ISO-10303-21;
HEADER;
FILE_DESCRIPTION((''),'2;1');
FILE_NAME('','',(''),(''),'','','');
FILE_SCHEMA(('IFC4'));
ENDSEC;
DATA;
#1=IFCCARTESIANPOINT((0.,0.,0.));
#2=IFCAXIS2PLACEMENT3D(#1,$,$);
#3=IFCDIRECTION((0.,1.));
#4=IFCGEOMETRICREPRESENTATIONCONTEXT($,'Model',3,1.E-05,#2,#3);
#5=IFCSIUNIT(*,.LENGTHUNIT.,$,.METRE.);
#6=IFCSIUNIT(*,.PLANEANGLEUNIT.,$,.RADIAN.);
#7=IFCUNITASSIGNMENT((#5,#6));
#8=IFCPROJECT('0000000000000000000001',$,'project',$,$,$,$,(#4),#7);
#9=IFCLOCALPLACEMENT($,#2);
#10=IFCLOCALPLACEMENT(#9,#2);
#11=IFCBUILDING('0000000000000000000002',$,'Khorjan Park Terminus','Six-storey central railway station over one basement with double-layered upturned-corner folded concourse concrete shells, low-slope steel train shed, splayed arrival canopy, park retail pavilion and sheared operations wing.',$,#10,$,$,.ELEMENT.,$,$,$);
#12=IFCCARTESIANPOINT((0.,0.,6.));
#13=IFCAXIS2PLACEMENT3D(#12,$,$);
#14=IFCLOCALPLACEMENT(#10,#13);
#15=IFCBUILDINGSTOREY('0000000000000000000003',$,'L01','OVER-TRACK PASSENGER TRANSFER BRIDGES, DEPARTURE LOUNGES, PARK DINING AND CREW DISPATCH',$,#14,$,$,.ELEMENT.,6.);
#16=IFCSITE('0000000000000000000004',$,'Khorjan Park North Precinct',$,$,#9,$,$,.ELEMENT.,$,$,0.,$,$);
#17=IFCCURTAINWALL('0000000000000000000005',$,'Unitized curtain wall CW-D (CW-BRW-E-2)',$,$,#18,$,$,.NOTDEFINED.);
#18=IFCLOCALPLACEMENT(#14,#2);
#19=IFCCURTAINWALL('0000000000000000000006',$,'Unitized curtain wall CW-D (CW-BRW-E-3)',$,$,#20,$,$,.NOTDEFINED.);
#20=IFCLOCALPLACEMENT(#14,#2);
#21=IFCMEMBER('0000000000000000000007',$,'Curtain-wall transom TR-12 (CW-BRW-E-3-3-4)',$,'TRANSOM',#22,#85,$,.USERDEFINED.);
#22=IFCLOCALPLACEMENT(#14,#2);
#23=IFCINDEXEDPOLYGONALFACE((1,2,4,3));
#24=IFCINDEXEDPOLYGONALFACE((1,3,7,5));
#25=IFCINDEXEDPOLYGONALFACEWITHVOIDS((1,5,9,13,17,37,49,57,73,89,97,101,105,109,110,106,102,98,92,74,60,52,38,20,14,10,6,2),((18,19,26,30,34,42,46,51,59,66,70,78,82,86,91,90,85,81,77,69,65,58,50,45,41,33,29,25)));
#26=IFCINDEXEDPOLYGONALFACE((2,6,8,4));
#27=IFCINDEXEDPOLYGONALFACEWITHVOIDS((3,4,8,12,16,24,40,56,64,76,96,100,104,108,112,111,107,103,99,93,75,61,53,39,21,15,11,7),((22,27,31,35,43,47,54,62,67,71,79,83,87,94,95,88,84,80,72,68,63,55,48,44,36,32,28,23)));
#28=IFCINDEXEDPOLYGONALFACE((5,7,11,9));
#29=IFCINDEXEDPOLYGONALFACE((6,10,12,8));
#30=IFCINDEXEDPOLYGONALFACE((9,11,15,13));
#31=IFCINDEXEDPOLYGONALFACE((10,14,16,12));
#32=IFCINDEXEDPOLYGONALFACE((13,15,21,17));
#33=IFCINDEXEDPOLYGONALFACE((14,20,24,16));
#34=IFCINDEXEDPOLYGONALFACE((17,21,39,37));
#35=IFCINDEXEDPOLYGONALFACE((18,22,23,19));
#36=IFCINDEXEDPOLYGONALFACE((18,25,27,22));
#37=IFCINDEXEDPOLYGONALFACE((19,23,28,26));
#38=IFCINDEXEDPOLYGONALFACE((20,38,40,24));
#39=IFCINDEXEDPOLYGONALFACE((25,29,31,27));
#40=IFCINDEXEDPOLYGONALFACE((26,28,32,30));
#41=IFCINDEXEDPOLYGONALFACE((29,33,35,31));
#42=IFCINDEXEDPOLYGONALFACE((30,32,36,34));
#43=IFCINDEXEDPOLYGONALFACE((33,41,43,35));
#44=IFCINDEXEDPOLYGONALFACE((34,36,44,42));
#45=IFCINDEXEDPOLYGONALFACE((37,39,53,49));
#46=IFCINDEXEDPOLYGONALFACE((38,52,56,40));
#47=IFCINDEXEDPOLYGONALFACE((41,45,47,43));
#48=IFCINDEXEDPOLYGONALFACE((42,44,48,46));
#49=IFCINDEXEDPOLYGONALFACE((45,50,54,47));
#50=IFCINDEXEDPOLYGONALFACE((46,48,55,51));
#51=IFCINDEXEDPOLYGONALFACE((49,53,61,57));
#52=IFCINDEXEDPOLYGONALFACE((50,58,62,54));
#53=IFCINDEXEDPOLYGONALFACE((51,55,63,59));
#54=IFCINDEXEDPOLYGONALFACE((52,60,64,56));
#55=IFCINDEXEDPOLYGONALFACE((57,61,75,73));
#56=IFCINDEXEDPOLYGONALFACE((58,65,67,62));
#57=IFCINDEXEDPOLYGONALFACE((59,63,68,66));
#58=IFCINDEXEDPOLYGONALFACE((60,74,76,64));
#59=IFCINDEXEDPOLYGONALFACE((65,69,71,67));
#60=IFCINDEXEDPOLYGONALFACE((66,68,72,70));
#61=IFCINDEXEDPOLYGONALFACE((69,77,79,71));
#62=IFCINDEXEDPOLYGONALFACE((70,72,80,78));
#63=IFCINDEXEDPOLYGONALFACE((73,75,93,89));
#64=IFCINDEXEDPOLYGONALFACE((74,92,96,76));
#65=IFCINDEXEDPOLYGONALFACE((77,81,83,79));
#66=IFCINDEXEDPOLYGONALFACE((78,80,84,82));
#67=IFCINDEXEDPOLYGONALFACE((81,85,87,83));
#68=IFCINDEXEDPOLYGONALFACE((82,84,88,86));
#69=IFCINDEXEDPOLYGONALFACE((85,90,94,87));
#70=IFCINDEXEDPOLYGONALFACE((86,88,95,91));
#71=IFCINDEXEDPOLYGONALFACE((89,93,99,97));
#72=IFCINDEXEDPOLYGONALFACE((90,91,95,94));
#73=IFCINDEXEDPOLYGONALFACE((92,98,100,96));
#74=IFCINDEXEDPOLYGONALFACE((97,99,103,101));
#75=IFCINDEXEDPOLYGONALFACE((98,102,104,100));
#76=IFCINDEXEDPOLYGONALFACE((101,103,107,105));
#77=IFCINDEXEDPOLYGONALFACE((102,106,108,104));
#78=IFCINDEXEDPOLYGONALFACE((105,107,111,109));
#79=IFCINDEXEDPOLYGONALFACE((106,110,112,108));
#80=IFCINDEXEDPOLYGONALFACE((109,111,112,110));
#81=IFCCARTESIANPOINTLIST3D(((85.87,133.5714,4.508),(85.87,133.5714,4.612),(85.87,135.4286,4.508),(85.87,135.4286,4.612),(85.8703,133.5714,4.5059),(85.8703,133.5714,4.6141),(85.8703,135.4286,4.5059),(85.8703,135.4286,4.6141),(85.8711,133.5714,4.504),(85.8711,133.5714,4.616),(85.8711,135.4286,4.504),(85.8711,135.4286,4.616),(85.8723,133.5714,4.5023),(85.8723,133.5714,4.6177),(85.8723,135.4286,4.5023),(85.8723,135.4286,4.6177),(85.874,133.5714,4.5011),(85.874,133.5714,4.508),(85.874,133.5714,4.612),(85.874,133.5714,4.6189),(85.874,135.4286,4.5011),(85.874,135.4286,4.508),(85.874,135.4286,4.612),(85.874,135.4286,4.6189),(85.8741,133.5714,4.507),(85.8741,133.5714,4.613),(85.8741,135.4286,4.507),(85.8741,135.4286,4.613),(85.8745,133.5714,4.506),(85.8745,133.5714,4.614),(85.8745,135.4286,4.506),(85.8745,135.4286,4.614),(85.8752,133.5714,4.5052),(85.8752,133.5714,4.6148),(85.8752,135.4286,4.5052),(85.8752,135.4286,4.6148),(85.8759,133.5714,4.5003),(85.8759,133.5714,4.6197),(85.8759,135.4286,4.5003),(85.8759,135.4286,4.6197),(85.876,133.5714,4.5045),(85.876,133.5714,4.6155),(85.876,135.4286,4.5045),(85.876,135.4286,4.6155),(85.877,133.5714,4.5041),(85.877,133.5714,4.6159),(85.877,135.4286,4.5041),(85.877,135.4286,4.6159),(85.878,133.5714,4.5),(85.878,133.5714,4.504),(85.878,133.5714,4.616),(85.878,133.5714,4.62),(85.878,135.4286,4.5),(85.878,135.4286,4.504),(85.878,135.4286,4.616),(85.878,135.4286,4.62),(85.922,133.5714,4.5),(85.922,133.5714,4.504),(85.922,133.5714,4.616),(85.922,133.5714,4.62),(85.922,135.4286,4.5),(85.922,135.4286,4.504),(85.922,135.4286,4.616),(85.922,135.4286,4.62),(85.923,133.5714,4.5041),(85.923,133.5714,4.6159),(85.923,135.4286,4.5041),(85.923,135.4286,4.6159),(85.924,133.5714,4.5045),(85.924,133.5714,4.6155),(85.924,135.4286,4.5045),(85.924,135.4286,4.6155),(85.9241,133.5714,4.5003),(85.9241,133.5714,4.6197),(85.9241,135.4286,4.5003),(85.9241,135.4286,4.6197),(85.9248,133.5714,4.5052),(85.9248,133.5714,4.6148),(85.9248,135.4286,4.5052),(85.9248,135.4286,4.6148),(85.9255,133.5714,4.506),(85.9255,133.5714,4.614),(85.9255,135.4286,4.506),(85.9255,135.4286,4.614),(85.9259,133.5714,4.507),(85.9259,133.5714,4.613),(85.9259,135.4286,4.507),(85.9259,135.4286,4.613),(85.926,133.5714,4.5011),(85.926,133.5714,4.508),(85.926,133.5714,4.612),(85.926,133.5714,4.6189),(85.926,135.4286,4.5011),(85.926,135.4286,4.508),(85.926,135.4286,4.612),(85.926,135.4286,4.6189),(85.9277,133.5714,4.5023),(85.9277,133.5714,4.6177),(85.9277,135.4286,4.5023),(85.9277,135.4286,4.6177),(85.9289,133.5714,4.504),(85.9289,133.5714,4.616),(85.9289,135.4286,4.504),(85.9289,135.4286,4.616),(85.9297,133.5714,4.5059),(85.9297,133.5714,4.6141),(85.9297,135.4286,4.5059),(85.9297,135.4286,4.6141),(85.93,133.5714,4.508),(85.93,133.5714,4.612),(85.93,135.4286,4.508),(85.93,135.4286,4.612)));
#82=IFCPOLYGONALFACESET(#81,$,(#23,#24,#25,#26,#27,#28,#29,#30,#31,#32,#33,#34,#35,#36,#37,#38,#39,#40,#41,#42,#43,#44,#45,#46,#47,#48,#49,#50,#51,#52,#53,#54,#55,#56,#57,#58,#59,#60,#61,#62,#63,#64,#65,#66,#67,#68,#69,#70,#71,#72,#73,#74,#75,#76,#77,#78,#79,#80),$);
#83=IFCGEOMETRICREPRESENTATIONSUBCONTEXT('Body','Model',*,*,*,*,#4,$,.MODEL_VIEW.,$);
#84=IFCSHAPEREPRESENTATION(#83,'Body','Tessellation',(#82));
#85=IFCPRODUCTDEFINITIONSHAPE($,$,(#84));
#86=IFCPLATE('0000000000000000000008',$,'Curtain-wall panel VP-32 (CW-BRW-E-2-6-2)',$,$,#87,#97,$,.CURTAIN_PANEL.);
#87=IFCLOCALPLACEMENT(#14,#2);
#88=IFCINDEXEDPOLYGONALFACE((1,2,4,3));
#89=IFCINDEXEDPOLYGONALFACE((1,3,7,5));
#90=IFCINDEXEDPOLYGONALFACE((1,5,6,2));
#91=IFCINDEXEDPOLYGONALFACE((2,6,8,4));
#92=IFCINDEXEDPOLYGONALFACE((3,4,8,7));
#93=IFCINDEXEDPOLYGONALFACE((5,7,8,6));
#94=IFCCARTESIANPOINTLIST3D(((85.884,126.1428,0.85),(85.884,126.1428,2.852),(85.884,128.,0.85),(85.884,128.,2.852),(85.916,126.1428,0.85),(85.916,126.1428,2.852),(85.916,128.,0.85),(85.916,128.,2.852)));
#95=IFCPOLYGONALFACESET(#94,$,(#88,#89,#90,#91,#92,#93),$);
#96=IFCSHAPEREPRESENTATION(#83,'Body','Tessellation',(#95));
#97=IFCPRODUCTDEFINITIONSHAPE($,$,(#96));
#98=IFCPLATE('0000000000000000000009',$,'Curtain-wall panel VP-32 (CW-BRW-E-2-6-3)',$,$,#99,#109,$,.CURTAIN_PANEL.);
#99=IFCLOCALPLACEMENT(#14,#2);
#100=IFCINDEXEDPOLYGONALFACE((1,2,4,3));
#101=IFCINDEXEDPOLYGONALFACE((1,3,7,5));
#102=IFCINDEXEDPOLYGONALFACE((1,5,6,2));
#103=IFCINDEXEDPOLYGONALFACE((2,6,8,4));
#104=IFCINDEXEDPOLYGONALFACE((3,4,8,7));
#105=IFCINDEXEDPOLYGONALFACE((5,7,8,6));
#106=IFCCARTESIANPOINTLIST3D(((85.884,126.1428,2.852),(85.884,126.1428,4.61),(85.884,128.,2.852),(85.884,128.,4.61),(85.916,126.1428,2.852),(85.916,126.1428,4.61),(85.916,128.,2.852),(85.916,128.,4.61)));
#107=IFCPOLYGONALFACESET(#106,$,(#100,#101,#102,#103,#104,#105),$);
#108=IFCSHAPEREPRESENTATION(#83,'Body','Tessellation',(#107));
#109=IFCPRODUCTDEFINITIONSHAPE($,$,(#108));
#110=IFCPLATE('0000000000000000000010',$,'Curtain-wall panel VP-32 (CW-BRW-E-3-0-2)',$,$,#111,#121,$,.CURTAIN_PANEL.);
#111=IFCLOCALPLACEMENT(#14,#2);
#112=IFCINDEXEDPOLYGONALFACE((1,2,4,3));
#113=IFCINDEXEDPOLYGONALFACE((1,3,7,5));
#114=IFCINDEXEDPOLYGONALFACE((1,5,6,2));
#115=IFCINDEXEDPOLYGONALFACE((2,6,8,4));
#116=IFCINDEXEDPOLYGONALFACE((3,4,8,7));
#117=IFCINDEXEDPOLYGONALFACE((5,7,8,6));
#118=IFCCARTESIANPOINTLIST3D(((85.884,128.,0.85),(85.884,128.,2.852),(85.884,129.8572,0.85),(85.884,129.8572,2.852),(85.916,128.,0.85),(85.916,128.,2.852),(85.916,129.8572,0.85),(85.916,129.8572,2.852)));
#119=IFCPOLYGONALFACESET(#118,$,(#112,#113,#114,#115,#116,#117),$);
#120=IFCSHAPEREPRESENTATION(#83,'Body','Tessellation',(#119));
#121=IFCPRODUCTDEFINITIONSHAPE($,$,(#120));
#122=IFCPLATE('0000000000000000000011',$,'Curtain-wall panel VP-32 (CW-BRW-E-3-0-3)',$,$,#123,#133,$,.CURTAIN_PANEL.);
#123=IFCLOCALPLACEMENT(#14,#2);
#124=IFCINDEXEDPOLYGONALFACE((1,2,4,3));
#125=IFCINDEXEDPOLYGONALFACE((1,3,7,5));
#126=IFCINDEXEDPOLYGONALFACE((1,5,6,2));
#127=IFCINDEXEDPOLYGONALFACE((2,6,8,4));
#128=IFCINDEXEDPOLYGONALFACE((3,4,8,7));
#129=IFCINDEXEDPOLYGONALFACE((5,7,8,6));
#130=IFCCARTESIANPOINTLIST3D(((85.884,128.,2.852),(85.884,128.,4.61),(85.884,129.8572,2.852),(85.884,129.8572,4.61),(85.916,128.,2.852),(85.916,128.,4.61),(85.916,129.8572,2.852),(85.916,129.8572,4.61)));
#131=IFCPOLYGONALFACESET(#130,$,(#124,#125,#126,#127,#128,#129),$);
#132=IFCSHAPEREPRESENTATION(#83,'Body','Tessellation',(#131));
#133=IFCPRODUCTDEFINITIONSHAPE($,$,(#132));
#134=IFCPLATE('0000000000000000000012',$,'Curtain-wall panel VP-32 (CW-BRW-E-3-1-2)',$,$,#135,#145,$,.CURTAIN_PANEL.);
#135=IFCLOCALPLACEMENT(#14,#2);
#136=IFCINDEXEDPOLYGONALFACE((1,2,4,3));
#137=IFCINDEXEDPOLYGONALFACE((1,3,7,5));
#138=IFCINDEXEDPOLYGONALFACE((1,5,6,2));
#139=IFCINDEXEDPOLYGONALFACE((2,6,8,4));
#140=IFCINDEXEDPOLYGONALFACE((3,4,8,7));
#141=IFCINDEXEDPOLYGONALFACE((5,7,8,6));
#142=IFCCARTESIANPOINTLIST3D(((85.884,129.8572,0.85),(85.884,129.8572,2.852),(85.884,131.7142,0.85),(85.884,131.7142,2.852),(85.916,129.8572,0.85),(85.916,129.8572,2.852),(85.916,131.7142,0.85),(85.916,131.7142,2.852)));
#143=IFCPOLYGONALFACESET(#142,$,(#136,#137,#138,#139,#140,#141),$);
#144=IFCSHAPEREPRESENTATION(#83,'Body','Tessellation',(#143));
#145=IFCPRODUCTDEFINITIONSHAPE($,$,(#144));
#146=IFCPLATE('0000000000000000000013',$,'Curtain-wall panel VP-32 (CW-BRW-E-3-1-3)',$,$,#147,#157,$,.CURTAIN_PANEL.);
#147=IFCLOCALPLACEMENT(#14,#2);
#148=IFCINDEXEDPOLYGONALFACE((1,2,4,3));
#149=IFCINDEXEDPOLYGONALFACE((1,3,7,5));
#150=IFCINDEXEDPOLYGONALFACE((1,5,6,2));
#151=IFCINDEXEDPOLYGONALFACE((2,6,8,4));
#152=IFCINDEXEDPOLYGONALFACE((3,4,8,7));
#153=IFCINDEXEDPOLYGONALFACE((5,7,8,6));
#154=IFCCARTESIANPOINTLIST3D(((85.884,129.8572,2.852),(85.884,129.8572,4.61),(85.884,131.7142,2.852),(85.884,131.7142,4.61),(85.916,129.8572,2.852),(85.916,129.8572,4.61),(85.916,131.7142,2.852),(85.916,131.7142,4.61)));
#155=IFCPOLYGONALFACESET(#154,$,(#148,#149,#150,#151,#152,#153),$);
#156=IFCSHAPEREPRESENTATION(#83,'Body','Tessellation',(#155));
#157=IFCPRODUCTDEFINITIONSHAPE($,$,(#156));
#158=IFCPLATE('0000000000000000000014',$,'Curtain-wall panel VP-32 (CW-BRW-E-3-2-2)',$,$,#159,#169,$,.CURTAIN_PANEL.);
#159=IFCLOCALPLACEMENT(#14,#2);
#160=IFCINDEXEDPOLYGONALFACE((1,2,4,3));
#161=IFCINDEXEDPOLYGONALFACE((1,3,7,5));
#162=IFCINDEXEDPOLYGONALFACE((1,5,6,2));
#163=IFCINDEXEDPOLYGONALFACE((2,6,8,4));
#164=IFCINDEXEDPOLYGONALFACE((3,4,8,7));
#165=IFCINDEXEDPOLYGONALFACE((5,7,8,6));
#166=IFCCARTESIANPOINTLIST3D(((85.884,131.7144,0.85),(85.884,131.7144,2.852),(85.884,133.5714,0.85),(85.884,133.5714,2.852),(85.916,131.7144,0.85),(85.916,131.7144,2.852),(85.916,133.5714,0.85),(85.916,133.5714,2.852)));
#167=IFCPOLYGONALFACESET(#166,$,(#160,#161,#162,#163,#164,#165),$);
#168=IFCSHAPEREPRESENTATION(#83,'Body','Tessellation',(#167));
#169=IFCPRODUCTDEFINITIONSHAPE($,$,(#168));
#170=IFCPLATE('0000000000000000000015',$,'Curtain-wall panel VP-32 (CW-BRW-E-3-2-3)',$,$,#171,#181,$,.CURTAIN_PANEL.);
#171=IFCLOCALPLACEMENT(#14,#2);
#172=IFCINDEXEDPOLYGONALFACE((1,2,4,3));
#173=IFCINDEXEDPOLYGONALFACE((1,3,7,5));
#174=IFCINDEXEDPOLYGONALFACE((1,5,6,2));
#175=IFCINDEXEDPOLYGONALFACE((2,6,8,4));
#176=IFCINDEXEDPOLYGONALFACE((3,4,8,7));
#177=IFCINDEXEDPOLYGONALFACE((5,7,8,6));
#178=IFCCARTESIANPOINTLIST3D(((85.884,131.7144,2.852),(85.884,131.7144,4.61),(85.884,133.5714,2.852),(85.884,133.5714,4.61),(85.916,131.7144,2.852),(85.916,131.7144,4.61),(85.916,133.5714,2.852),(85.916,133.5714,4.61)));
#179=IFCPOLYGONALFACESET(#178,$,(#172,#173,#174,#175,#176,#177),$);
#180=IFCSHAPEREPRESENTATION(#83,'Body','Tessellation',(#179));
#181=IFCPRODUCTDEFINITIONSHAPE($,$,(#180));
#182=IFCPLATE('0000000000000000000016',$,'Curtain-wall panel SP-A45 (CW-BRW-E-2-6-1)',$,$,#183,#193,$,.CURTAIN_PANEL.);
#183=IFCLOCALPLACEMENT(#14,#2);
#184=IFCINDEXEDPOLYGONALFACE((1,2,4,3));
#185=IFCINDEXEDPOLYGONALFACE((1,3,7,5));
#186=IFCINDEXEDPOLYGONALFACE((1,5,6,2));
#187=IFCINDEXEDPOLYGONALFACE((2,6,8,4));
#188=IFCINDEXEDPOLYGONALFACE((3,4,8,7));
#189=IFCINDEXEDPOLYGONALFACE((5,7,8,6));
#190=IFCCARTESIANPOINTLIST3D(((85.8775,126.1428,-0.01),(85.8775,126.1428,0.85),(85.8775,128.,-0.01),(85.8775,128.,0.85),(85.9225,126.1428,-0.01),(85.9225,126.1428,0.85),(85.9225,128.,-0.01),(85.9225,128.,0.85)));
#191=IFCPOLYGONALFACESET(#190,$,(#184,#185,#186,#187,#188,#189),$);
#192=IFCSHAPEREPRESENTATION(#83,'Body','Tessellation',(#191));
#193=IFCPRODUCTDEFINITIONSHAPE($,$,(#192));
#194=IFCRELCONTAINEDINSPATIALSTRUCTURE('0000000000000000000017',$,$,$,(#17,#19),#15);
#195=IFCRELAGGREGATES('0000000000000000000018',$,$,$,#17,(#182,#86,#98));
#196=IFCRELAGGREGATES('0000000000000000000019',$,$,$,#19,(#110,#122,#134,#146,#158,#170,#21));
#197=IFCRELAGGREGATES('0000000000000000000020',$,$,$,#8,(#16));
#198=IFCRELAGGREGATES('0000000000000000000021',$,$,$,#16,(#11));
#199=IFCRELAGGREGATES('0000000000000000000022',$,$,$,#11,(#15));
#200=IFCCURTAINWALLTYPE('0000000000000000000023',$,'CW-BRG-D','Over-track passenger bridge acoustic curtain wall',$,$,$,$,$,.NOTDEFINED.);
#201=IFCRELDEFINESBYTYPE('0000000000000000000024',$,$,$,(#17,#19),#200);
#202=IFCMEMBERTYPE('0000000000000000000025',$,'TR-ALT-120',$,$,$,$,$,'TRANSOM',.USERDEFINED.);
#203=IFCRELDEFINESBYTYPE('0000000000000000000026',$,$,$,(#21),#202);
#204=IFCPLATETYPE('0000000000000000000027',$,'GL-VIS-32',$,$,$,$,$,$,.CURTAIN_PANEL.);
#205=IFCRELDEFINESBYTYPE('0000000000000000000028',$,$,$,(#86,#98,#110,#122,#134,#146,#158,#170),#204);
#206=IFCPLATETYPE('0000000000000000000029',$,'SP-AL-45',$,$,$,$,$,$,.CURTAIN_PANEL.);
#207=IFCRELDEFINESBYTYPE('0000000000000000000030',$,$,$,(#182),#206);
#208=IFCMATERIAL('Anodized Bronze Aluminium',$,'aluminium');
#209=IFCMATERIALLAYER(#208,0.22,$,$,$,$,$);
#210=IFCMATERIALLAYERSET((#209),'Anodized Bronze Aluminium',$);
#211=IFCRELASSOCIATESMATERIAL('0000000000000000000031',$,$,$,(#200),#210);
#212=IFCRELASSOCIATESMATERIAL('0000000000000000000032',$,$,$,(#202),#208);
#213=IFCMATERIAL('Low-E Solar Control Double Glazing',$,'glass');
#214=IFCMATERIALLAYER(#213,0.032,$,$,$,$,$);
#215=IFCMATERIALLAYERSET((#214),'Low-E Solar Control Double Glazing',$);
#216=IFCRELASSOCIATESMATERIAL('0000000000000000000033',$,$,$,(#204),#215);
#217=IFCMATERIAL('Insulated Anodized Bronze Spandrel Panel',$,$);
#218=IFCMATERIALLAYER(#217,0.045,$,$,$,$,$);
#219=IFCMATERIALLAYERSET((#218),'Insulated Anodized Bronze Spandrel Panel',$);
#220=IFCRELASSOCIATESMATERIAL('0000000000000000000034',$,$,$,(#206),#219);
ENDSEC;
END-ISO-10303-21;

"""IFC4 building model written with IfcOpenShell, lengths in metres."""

from ifc_helpers import new_model, si_unit, direction, frame, origin, origin_2d, place, context, subcontext, project, spatial, rectangle, hollow_rectangle, extrude, material, layer, layer_set, material_profile, profile_set, type_object, element, aggregate, save


model = new_model("IFC4")

# Units and contexts
model_context = context("Model", 3, precision=1e-05, world=origin(), true_north=direction((0.0, 1.0)))
body_context = subcontext(model_context, "Body", "Model", "MODEL_VIEW")
ifc_project = project(units=[si_unit("LENGTHUNIT", "METRE"), si_unit("PLANEANGLEUNIT", "RADIAN")], contexts=[model_context])

# Site, building, storey
site_placement = place(None, origin())
site = spatial("IfcSite", under=ifc_project, at=site_placement, Name="Khorjan Park North Precinct", CompositionType="ELEMENT", RefElevation=0.0)
building_placement = place(site_placement, origin())
building = spatial("IfcBuilding", under=site, at=building_placement, Name="Khorjan Park Terminus", Description="Six-storey central railway station over one basement with double-layered upturned-corner folded concourse concrete shells, low-slope steel train shed, splayed arrival canopy, park retail pavilion and sheared operations wing.", CompositionType="ELEMENT")
storey_placement = place(building_placement, frame((0.0, 0.0, 6.0)))
storey = spatial("IfcBuildingStorey", under=building, at=storey_placement, Name="L01", Description="OVER-TRACK PASSENGER TRANSFER BRIDGES, DEPARTURE LOUNGES, PARK DINING AND CREW DISPATCH", CompositionType="ELEMENT", Elevation=6.0)

# Curtain wall
ifc_material_1 = material(Name="Anodized Bronze Aluminium", Category="aluminium")
ifc_layer_1 = layer(ifc_material_1, 0.22)
ifc_layer_set_1 = layer_set([ifc_layer_1], Name="Anodized Bronze Aluminium")
curtain_wall_type = type_object("IfcCurtainWallType", Name="CW-BRG-D", Description="Over-track passenger bridge acoustic curtain wall", PredefinedType="NOTDEFINED", material=ifc_layer_set_1)
curtain_wall_1_placement = place(storey_placement, origin())
curtain_wall_1 = element("IfcCurtainWall", 1, at=curtain_wall_1_placement, inside=storey, type_object=curtain_wall_type, Name="Unitized curtain wall CW-D (CW-BRW-E-2)", PredefinedType="NOTDEFINED")

# Curtain wall
curtain_wall_2_placement = place(storey_placement, origin())
curtain_wall_2 = element("IfcCurtainWall", 2, at=curtain_wall_2_placement, inside=storey, type_object=curtain_wall_type, Name="Unitized curtain wall CW-D (CW-BRW-E-3)", PredefinedType="NOTDEFINED")

# Member
ifc_material_profile_1 = material_profile(ifc_material_1, hollow_rectangle(XDim=0.06, YDim=0.12, WallThickness=0.004, InnerFilletRadius=0.004, OuterFilletRadius=0.008, at=origin_2d()), Name="ALT 60x120x4")
ifc_profile_set_1 = profile_set([ifc_material_profile_1], Name="Anodized Bronze Aluminium")
member_type_1 = type_object("IfcMemberType", Name="TR-ALT-120", ElementType="TRANSOM", PredefinedType="USERDEFINED", material=ifc_profile_set_1)
member_1_placement = place(storey_placement, frame((85.9, 133.5714, 4.56), z_axis=(0.0, 1.0, 0.0), x_axis=(-1.0, 0.0, 0.0)))
member_1 = element("IfcMember", 3, at=member_1_placement, type_object=member_type_1, Name="Curtain-wall transom TR-12 (CW-BRW-E-3-3-4)", ObjectType="TRANSOM", PredefinedType="USERDEFINED", context=body_context, shape_type="SweptSolid", body=[
    extrude(hollow_rectangle(XDim=0.06, YDim=0.12, WallThickness=0.004, InnerFilletRadius=0.004, OuterFilletRadius=0.008, at=origin_2d()), origin(), (0.0, 0.0, 1.0), 1.8572),
])

# Plates
ifc_material_2 = material(Name="Low-E Solar Control Double Glazing", Category="glass")
ifc_layer_2 = layer(ifc_material_2, 0.032)
ifc_layer_set_2 = layer_set([ifc_layer_2], Name="Low-E Solar Control Double Glazing")
plate_type_1 = type_object("IfcPlateType", Name="GL-VIS-32", PredefinedType="CURTAIN_PANEL", material=ifc_layer_set_2)
plate_1_placement = place(storey_placement, frame((85.9, 127.0714, 0.85), z_axis=(0.0, 0.0, 1.0), x_axis=(0.0, 1.0, 0.0)))
plate_1 = element("IfcPlate", 4, at=plate_1_placement, type_object=plate_type_1, Name="Curtain-wall panel VP-32 (CW-BRW-E-2-6-2)", PredefinedType="CURTAIN_PANEL", context=body_context, shape_type="SweptSolid", body=[
    extrude(rectangle(XDim=1.8571, YDim=0.032, at=origin_2d()), origin(), (0.0, 0.0, 1.0), 2.002),
])
plate_2_placement = place(storey_placement, frame((85.9, 127.0714, 2.852), z_axis=(0.0, 0.0, 1.0), x_axis=(0.0, 1.0, 0.0)))
plate_2 = element("IfcPlate", 5, at=plate_2_placement, type_object=plate_type_1, Name="Curtain-wall panel VP-32 (CW-BRW-E-2-6-3)", PredefinedType="CURTAIN_PANEL", context=body_context, shape_type="SweptSolid", body=[
    extrude(rectangle(XDim=1.8571, YDim=0.032, at=origin_2d()), origin(), (0.0, 0.0, 1.0), 1.758),
])
plate_3_placement = place(storey_placement, frame((85.9, 128.9286, 0.85), z_axis=(0.0, 0.0, 1.0), x_axis=(0.0, 1.0, 0.0)))
plate_3 = element("IfcPlate", 6, at=plate_3_placement, type_object=plate_type_1, Name="Curtain-wall panel VP-32 (CW-BRW-E-3-0-2)", PredefinedType="CURTAIN_PANEL", context=body_context, shape_type="SweptSolid", body=[
    extrude(rectangle(XDim=1.8571, YDim=0.032, at=origin_2d()), origin(), (0.0, 0.0, 1.0), 2.002),
])
plate_4_placement = place(storey_placement, frame((85.9, 128.9286, 2.852), z_axis=(0.0, 0.0, 1.0), x_axis=(0.0, 1.0, 0.0)))
plate_4 = element("IfcPlate", 7, at=plate_4_placement, type_object=plate_type_1, Name="Curtain-wall panel VP-32 (CW-BRW-E-3-0-3)", PredefinedType="CURTAIN_PANEL", context=body_context, shape_type="SweptSolid", body=[
    extrude(rectangle(XDim=1.8571, YDim=0.032, at=origin_2d()), origin(), (0.0, 0.0, 1.0), 1.758),
])
plate_5_placement = place(storey_placement, frame((85.9, 130.7857, 0.85), z_axis=(0.0, 0.0, 1.0), x_axis=(0.0, 1.0, 0.0)))
plate_5 = element("IfcPlate", 8, at=plate_5_placement, type_object=plate_type_1, Name="Curtain-wall panel VP-32 (CW-BRW-E-3-1-2)", PredefinedType="CURTAIN_PANEL", context=body_context, shape_type="SweptSolid", body=[
    extrude(rectangle(XDim=1.8571, YDim=0.032, at=origin_2d()), origin(), (0.0, 0.0, 1.0), 2.002),
])
plate_6_placement = place(storey_placement, frame((85.9, 130.7857, 2.852), z_axis=(0.0, 0.0, 1.0), x_axis=(0.0, 1.0, 0.0)))
plate_6 = element("IfcPlate", 9, at=plate_6_placement, type_object=plate_type_1, Name="Curtain-wall panel VP-32 (CW-BRW-E-3-1-3)", PredefinedType="CURTAIN_PANEL", context=body_context, shape_type="SweptSolid", body=[
    extrude(rectangle(XDim=1.8571, YDim=0.032, at=origin_2d()), origin(), (0.0, 0.0, 1.0), 1.758),
])
plate_7_placement = place(storey_placement, frame((85.9, 132.6429, 0.85), z_axis=(0.0, 0.0, 1.0), x_axis=(0.0, 1.0, 0.0)))
plate_7 = element("IfcPlate", 10, at=plate_7_placement, type_object=plate_type_1, Name="Curtain-wall panel VP-32 (CW-BRW-E-3-2-2)", PredefinedType="CURTAIN_PANEL", context=body_context, shape_type="SweptSolid", body=[
    extrude(rectangle(XDim=1.8571, YDim=0.032, at=origin_2d()), origin(), (0.0, 0.0, 1.0), 2.002),
])
plate_8_placement = place(storey_placement, frame((85.9, 132.6429, 2.852), z_axis=(0.0, 0.0, 1.0), x_axis=(0.0, 1.0, 0.0)))
plate_8 = element("IfcPlate", 11, at=plate_8_placement, type_object=plate_type_1, Name="Curtain-wall panel VP-32 (CW-BRW-E-3-2-3)", PredefinedType="CURTAIN_PANEL", context=body_context, shape_type="SweptSolid", body=[
    extrude(rectangle(XDim=1.8571, YDim=0.032, at=origin_2d()), origin(), (0.0, 0.0, 1.0), 1.758),
])
ifc_material_3 = material(Name="Insulated Anodized Bronze Spandrel Panel")
ifc_layer_3 = layer(ifc_material_3, 0.045)
ifc_layer_set_3 = layer_set([ifc_layer_3], Name="Insulated Anodized Bronze Spandrel Panel")
plate_type_2 = type_object("IfcPlateType", Name="SP-AL-45", PredefinedType="CURTAIN_PANEL", material=ifc_layer_set_3)
plate_9_placement = place(storey_placement, frame((85.9, 127.0714, -0.01), z_axis=(0.0, 0.0, 1.0), x_axis=(0.0, 1.0, 0.0)))
plate_9 = element("IfcPlate", 12, at=plate_9_placement, type_object=plate_type_2, Name="Curtain-wall panel SP-A45 (CW-BRW-E-2-6-1)", PredefinedType="CURTAIN_PANEL", context=body_context, shape_type="SweptSolid", body=[
    extrude(rectangle(XDim=1.8571, YDim=0.045, at=origin_2d()), origin(), (0.0, 0.0, 1.0), 0.86),
])
aggregate(curtain_wall_1, [plate_9, plate_1, plate_2])
aggregate(curtain_wall_2, [plate_3, plate_4, plate_5, plate_6, plate_7, plate_8, member_1])

save(model, "model.ifc")
